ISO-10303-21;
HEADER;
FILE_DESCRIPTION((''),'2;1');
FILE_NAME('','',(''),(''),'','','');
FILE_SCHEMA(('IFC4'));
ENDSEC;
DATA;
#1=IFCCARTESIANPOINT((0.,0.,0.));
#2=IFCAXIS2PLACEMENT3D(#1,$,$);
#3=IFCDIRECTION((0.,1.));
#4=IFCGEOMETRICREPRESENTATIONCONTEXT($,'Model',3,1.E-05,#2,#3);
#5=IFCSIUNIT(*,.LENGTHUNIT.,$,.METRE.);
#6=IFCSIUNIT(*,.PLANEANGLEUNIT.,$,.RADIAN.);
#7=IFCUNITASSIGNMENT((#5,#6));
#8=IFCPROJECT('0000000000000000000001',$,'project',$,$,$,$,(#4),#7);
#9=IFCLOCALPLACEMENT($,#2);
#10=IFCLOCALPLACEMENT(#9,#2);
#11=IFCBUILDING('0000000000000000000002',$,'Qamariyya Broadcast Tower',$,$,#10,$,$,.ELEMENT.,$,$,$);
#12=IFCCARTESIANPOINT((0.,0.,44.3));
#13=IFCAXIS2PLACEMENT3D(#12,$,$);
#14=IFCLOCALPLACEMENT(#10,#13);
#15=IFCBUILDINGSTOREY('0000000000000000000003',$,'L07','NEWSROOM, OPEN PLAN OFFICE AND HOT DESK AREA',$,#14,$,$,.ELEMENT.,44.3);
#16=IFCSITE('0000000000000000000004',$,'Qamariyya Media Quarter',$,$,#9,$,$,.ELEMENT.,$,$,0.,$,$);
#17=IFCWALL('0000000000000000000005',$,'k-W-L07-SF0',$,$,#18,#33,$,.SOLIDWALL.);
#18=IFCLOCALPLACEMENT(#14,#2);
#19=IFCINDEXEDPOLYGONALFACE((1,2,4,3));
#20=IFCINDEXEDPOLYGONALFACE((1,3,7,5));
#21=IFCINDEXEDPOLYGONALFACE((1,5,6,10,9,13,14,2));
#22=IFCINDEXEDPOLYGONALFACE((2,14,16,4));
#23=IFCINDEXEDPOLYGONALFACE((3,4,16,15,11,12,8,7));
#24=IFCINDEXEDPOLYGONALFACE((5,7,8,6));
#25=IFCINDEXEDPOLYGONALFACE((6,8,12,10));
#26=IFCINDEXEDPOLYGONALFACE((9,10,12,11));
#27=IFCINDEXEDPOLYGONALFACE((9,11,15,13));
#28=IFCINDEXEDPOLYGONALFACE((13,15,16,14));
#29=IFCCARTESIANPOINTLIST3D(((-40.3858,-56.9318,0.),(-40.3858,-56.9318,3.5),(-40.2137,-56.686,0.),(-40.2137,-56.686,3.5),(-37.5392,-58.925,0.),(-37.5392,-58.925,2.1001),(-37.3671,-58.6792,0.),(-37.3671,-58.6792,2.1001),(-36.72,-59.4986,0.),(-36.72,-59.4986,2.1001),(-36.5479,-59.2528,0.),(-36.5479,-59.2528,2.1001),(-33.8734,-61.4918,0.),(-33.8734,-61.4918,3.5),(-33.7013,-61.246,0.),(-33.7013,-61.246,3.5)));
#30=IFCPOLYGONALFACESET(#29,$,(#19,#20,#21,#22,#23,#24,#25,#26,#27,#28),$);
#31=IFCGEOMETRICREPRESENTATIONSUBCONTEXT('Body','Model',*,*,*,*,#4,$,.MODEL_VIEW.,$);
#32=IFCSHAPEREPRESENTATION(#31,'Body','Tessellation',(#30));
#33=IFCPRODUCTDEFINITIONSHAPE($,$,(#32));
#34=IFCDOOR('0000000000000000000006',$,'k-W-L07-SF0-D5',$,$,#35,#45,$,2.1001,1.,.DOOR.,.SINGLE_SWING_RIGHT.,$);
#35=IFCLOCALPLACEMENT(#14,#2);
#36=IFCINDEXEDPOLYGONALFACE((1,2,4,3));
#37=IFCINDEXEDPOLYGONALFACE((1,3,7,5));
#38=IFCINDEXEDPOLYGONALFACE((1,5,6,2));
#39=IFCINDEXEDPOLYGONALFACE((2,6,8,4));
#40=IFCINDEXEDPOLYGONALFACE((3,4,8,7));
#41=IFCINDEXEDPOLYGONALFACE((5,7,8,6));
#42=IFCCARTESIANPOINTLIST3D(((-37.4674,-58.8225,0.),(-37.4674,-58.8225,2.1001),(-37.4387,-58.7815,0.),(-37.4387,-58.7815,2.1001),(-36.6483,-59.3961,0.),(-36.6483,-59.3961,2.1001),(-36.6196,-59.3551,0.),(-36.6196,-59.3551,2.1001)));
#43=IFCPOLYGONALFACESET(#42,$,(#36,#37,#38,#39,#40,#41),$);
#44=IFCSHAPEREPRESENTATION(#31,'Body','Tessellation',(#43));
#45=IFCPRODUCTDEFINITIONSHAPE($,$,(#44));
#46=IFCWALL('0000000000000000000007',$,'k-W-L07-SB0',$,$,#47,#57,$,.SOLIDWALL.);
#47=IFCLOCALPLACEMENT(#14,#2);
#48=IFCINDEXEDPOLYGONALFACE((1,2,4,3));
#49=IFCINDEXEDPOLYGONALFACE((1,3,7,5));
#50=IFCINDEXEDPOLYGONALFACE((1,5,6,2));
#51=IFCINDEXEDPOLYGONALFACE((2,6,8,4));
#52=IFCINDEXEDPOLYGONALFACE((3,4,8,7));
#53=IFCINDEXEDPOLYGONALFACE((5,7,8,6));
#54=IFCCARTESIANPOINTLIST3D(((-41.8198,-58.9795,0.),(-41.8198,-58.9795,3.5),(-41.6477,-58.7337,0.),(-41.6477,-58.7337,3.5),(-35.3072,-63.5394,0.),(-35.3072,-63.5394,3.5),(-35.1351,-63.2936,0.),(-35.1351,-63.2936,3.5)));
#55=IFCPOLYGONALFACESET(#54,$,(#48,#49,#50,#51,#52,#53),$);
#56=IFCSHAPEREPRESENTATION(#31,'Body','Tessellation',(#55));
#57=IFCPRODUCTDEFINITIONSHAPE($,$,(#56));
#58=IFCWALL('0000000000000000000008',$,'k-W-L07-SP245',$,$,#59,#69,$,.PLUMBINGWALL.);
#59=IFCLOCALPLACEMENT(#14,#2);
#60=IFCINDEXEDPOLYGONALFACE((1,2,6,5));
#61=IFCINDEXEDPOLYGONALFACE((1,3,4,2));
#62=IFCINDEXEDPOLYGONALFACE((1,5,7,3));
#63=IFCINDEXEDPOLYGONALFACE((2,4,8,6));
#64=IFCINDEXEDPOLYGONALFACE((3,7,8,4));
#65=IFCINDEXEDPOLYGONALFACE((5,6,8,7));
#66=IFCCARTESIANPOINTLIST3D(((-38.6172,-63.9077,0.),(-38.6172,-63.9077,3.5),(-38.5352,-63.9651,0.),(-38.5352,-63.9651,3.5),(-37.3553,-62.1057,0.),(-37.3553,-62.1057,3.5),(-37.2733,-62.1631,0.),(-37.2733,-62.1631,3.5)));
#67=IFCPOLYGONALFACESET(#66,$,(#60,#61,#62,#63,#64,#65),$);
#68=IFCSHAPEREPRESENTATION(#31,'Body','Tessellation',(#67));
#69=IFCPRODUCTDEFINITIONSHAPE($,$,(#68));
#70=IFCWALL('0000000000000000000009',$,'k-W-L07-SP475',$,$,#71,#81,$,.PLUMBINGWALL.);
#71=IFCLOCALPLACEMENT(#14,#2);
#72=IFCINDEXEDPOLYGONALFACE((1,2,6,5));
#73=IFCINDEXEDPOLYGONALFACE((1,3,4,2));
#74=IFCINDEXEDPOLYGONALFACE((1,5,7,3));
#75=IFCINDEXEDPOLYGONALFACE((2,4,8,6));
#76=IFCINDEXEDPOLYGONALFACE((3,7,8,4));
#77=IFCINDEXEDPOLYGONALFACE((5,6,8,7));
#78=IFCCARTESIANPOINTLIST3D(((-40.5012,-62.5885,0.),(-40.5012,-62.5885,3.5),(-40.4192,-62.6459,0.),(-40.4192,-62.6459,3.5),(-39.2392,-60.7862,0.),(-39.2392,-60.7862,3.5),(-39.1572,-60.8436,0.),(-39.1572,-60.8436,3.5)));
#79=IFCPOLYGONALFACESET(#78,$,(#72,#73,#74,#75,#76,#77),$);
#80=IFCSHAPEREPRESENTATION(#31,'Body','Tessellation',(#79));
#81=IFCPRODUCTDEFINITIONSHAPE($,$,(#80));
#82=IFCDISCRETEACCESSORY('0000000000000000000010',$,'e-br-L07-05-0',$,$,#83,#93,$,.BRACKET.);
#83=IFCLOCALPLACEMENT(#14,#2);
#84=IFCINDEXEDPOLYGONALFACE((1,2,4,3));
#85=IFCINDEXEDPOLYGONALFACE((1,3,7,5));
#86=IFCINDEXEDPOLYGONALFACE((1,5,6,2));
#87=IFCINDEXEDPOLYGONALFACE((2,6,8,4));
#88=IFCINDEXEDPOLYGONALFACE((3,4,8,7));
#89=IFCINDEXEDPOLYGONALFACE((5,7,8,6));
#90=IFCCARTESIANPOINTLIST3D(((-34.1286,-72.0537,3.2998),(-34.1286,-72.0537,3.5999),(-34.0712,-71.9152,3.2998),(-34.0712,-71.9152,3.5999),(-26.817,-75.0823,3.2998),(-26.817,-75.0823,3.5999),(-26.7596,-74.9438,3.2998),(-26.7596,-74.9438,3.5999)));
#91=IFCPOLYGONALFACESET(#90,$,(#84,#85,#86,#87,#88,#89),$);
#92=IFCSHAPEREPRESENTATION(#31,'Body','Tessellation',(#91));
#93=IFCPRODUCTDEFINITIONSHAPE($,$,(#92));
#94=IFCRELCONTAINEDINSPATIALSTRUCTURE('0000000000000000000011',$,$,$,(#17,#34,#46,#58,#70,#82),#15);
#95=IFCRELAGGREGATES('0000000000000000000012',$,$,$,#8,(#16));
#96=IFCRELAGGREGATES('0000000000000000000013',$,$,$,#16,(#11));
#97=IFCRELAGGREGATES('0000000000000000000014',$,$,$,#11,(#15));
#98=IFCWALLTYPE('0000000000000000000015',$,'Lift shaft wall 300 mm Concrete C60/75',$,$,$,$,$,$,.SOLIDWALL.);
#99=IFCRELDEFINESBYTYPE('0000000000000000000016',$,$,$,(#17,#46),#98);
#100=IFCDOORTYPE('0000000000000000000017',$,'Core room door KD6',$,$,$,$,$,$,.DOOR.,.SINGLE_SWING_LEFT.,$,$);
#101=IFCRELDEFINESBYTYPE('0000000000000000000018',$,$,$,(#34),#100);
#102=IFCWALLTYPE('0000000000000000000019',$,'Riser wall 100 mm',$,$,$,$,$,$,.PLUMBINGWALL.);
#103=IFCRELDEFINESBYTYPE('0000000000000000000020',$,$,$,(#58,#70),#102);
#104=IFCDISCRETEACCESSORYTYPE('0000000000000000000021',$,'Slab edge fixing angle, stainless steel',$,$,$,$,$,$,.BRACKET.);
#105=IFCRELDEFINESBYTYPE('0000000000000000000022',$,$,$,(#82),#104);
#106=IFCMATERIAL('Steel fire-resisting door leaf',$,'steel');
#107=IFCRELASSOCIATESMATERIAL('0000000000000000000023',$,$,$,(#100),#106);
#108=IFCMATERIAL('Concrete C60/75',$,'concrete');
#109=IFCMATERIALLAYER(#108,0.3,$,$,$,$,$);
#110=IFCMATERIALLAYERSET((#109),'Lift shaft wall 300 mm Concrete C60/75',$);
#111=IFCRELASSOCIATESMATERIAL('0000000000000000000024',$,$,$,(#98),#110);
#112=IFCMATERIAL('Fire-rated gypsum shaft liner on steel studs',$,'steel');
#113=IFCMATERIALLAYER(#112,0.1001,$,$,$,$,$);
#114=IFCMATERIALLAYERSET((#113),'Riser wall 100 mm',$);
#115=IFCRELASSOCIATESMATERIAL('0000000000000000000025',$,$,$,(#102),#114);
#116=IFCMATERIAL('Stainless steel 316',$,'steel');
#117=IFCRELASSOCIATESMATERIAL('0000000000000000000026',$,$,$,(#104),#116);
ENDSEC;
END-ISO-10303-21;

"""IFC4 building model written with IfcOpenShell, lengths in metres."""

from ifc_helpers import new_model, si_unit, direction, frame, frame_2d, origin, origin_2d, place, context, subcontext, project, spatial, rectangle, extrude, material, layer, layer_set, type_object, element, fill, save


model = new_model("IFC4")

# Units and contexts
model_context = context("Model", 3, precision=1e-05, world=origin(), true_north=direction((0.0, 1.0)))
body_context = subcontext(model_context, "Body", "Model", "MODEL_VIEW")
ifc_project = project(units=[si_unit("LENGTHUNIT", "METRE"), si_unit("PLANEANGLEUNIT", "RADIAN")], contexts=[model_context])

# Site, building, storey
site_placement = place(None, origin())
site = spatial("IfcSite", under=ifc_project, at=site_placement, Name="Qamariyya Media Quarter", CompositionType="ELEMENT", RefElevation=0.0)
building_placement = place(site_placement, origin())
building = spatial("IfcBuilding", under=site, at=building_placement, Name="Qamariyya Broadcast Tower", CompositionType="ELEMENT")
storey_placement = place(building_placement, frame((0.0, 0.0, 44.3)))
storey = spatial("IfcBuildingStorey", under=building, at=storey_placement, Name="L07", Description="NEWSROOM, OPEN PLAN OFFICE AND HOT DESK AREA", CompositionType="ELEMENT", Elevation=44.3)

# Shared definitions
ifc_material_1 = material(Name="Steel fire-resisting door leaf", Category="steel")

# Shared definitions
door_type_1 = type_object("IfcDoorType", Name="Core room door KD6", OperationType="SINGLE_SWING_LEFT", PredefinedType="DOOR", material=ifc_material_1)

# Shared definitions
ifc_material_2 = material(Name="Concrete C60/75", Category="concrete")
ifc_layer_1 = layer(ifc_material_2, 0.3)
ifc_layer_set_1 = layer_set([ifc_layer_1], Name="Lift shaft wall 300 mm Concrete C60/75")
wall_type_1 = type_object("IfcWallType", Name="Lift shaft wall 300 mm Concrete C60/75", PredefinedType="SOLIDWALL", material=ifc_layer_set_1)

# Wall, opening, door
wall_1_placement = place(storey_placement, frame((-33.7874, -61.3689, 0.0), z_axis=(0.0, 0.0, 1.0), x_axis=(-0.819153, 0.573576, 0.0)))
wall_1 = element("IfcWall", 1, at=wall_1_placement, inside=storey, type_object=wall_type_1, Name="k-W-L07-SF0", PredefinedType="SOLIDWALL", context=body_context, shape_type="SweptSolid", body=[
    extrude(rectangle(XDim=7.9502, YDim=0.3, at=frame_2d((3.9751, 0.0))), origin(), (0.0, 0.0, 1.0), 3.5),
])
opening_1_placement = place(wall_1_placement, frame((3.4751, 0.0, 0.0)))
opening_1 = element("IfcOpeningElement", 2, at=opening_1_placement, cuts=wall_1, PredefinedType="OPENING", context=body_context, shape_type="SweptSolid", body=[
    extrude(rectangle(XDim=1.0, YDim=2.1001, at=frame_2d((0.5, 1.05))), frame((0.0, 0.1599, 0.0), z_axis=(0.0, -1.0, 0.0), x_axis=(1.0, 0.0, 0.0)), (0.0, 0.0, 1.0), 0.3201),
])
door_1_placement = place(opening_1_placement, origin())
door_1 = element("IfcDoor", 3, at=door_1_placement, inside=storey, type_object=door_type_1, Name="k-W-L07-SF0-D5", OperationType="SINGLE_SWING_RIGHT", OverallHeight=2.1001, OverallWidth=1.0, PredefinedType="DOOR", context=body_context, shape_type="SweptSolid", body=[
    extrude(rectangle(XDim=1.0, YDim=2.1001, at=frame_2d((0.5, 1.05))), frame((0.0, 0.0249, 0.0), z_axis=(0.0, -1.0, 0.0), x_axis=(1.0, 0.0, 0.0)), (0.0, 0.0, 1.0), 0.05),
])
fill(opening_1, door_1)

# Walls
wall_2_placement = place(storey_placement, frame((-35.2212, -63.4165, 0.0), z_axis=(0.0, 0.0, 1.0), x_axis=(-0.819167, 0.573555, 0.0)))
element("IfcWall", 4, at=wall_2_placement, inside=storey, type_object=wall_type_1, Name="k-W-L07-SB0", PredefinedType="SOLIDWALL", context=body_context, shape_type="SweptSolid", body=[
    extrude(rectangle(XDim=7.9502, YDim=0.3, at=frame_2d((3.9751, 0.0))), origin(), (0.0, 0.0, 1.0), 3.5),
])
ifc_material_3 = material(Name="Fire-rated gypsum shaft liner on steel studs", Category="steel")
ifc_layer_2 = layer(ifc_material_3, 0.1001)
ifc_layer_set_2 = layer_set([ifc_layer_2], Name="Riser wall 100 mm")
wall_type_2 = type_object("IfcWallType", Name="Riser wall 100 mm", PredefinedType="PLUMBINGWALL", material=ifc_layer_set_2)
wall_3_placement = place(storey_placement, frame((-37.3142, -62.1343, 0.0), z_axis=(0.0, 0.0, 1.0), x_axis=(-0.573634, -0.819112, 0.0)))
element("IfcWall", 5, at=wall_3_placement, inside=storey, type_object=wall_type_2, Name="k-W-L07-SP245", PredefinedType="PLUMBINGWALL", context=body_context, shape_type="SweptSolid", body=[
    extrude(rectangle(XDim=2.2, YDim=0.1001, at=frame_2d((1.1001, 0.0))), origin(), (0.0, 0.0, 1.0), 3.5),
])
wall_4_placement = place(storey_placement, frame((-39.1982, -60.8149, 0.0), z_axis=(0.0, 0.0, 1.0), x_axis=(-0.573581, -0.819149, 0.0)))
element("IfcWall", 6, at=wall_4_placement, inside=storey, type_object=wall_type_2, Name="k-W-L07-SP475", PredefinedType="PLUMBINGWALL", context=body_context, shape_type="SweptSolid", body=[
    extrude(rectangle(XDim=2.2002, YDim=0.1001, at=frame_2d((1.1001, 0.0))), origin(), (0.0, 0.0, 1.0), 3.5),
])

# Discrete accessory
ifc_material_4 = material(Name="Stainless steel 316", Category="steel")
discrete_accessory_type = type_object("IfcDiscreteAccessoryType", Name="Slab edge fixing angle, stainless steel", PredefinedType="BRACKET", material=ifc_material_4)
discrete_accessory_placement = place(storey_placement, frame((-30.4441, -73.4988, 3.2998), z_axis=(0.0, 0.0, 1.0), x_axis=(0.92388, -0.382683, 0.0)))
element("IfcDiscreteAccessory", 7, at=discrete_accessory_placement, inside=storey, type_object=discrete_accessory_type, Name="e-br-L07-05-0", PredefinedType="BRACKET", context=body_context, shape_type="SweptSolid", body=[
    extrude(rectangle(XDim=7.9141, YDim=0.1499, at=origin_2d()), origin(), (0.0, 0.0, 1.0), 0.3),
])

save(model, "model.ifc")
